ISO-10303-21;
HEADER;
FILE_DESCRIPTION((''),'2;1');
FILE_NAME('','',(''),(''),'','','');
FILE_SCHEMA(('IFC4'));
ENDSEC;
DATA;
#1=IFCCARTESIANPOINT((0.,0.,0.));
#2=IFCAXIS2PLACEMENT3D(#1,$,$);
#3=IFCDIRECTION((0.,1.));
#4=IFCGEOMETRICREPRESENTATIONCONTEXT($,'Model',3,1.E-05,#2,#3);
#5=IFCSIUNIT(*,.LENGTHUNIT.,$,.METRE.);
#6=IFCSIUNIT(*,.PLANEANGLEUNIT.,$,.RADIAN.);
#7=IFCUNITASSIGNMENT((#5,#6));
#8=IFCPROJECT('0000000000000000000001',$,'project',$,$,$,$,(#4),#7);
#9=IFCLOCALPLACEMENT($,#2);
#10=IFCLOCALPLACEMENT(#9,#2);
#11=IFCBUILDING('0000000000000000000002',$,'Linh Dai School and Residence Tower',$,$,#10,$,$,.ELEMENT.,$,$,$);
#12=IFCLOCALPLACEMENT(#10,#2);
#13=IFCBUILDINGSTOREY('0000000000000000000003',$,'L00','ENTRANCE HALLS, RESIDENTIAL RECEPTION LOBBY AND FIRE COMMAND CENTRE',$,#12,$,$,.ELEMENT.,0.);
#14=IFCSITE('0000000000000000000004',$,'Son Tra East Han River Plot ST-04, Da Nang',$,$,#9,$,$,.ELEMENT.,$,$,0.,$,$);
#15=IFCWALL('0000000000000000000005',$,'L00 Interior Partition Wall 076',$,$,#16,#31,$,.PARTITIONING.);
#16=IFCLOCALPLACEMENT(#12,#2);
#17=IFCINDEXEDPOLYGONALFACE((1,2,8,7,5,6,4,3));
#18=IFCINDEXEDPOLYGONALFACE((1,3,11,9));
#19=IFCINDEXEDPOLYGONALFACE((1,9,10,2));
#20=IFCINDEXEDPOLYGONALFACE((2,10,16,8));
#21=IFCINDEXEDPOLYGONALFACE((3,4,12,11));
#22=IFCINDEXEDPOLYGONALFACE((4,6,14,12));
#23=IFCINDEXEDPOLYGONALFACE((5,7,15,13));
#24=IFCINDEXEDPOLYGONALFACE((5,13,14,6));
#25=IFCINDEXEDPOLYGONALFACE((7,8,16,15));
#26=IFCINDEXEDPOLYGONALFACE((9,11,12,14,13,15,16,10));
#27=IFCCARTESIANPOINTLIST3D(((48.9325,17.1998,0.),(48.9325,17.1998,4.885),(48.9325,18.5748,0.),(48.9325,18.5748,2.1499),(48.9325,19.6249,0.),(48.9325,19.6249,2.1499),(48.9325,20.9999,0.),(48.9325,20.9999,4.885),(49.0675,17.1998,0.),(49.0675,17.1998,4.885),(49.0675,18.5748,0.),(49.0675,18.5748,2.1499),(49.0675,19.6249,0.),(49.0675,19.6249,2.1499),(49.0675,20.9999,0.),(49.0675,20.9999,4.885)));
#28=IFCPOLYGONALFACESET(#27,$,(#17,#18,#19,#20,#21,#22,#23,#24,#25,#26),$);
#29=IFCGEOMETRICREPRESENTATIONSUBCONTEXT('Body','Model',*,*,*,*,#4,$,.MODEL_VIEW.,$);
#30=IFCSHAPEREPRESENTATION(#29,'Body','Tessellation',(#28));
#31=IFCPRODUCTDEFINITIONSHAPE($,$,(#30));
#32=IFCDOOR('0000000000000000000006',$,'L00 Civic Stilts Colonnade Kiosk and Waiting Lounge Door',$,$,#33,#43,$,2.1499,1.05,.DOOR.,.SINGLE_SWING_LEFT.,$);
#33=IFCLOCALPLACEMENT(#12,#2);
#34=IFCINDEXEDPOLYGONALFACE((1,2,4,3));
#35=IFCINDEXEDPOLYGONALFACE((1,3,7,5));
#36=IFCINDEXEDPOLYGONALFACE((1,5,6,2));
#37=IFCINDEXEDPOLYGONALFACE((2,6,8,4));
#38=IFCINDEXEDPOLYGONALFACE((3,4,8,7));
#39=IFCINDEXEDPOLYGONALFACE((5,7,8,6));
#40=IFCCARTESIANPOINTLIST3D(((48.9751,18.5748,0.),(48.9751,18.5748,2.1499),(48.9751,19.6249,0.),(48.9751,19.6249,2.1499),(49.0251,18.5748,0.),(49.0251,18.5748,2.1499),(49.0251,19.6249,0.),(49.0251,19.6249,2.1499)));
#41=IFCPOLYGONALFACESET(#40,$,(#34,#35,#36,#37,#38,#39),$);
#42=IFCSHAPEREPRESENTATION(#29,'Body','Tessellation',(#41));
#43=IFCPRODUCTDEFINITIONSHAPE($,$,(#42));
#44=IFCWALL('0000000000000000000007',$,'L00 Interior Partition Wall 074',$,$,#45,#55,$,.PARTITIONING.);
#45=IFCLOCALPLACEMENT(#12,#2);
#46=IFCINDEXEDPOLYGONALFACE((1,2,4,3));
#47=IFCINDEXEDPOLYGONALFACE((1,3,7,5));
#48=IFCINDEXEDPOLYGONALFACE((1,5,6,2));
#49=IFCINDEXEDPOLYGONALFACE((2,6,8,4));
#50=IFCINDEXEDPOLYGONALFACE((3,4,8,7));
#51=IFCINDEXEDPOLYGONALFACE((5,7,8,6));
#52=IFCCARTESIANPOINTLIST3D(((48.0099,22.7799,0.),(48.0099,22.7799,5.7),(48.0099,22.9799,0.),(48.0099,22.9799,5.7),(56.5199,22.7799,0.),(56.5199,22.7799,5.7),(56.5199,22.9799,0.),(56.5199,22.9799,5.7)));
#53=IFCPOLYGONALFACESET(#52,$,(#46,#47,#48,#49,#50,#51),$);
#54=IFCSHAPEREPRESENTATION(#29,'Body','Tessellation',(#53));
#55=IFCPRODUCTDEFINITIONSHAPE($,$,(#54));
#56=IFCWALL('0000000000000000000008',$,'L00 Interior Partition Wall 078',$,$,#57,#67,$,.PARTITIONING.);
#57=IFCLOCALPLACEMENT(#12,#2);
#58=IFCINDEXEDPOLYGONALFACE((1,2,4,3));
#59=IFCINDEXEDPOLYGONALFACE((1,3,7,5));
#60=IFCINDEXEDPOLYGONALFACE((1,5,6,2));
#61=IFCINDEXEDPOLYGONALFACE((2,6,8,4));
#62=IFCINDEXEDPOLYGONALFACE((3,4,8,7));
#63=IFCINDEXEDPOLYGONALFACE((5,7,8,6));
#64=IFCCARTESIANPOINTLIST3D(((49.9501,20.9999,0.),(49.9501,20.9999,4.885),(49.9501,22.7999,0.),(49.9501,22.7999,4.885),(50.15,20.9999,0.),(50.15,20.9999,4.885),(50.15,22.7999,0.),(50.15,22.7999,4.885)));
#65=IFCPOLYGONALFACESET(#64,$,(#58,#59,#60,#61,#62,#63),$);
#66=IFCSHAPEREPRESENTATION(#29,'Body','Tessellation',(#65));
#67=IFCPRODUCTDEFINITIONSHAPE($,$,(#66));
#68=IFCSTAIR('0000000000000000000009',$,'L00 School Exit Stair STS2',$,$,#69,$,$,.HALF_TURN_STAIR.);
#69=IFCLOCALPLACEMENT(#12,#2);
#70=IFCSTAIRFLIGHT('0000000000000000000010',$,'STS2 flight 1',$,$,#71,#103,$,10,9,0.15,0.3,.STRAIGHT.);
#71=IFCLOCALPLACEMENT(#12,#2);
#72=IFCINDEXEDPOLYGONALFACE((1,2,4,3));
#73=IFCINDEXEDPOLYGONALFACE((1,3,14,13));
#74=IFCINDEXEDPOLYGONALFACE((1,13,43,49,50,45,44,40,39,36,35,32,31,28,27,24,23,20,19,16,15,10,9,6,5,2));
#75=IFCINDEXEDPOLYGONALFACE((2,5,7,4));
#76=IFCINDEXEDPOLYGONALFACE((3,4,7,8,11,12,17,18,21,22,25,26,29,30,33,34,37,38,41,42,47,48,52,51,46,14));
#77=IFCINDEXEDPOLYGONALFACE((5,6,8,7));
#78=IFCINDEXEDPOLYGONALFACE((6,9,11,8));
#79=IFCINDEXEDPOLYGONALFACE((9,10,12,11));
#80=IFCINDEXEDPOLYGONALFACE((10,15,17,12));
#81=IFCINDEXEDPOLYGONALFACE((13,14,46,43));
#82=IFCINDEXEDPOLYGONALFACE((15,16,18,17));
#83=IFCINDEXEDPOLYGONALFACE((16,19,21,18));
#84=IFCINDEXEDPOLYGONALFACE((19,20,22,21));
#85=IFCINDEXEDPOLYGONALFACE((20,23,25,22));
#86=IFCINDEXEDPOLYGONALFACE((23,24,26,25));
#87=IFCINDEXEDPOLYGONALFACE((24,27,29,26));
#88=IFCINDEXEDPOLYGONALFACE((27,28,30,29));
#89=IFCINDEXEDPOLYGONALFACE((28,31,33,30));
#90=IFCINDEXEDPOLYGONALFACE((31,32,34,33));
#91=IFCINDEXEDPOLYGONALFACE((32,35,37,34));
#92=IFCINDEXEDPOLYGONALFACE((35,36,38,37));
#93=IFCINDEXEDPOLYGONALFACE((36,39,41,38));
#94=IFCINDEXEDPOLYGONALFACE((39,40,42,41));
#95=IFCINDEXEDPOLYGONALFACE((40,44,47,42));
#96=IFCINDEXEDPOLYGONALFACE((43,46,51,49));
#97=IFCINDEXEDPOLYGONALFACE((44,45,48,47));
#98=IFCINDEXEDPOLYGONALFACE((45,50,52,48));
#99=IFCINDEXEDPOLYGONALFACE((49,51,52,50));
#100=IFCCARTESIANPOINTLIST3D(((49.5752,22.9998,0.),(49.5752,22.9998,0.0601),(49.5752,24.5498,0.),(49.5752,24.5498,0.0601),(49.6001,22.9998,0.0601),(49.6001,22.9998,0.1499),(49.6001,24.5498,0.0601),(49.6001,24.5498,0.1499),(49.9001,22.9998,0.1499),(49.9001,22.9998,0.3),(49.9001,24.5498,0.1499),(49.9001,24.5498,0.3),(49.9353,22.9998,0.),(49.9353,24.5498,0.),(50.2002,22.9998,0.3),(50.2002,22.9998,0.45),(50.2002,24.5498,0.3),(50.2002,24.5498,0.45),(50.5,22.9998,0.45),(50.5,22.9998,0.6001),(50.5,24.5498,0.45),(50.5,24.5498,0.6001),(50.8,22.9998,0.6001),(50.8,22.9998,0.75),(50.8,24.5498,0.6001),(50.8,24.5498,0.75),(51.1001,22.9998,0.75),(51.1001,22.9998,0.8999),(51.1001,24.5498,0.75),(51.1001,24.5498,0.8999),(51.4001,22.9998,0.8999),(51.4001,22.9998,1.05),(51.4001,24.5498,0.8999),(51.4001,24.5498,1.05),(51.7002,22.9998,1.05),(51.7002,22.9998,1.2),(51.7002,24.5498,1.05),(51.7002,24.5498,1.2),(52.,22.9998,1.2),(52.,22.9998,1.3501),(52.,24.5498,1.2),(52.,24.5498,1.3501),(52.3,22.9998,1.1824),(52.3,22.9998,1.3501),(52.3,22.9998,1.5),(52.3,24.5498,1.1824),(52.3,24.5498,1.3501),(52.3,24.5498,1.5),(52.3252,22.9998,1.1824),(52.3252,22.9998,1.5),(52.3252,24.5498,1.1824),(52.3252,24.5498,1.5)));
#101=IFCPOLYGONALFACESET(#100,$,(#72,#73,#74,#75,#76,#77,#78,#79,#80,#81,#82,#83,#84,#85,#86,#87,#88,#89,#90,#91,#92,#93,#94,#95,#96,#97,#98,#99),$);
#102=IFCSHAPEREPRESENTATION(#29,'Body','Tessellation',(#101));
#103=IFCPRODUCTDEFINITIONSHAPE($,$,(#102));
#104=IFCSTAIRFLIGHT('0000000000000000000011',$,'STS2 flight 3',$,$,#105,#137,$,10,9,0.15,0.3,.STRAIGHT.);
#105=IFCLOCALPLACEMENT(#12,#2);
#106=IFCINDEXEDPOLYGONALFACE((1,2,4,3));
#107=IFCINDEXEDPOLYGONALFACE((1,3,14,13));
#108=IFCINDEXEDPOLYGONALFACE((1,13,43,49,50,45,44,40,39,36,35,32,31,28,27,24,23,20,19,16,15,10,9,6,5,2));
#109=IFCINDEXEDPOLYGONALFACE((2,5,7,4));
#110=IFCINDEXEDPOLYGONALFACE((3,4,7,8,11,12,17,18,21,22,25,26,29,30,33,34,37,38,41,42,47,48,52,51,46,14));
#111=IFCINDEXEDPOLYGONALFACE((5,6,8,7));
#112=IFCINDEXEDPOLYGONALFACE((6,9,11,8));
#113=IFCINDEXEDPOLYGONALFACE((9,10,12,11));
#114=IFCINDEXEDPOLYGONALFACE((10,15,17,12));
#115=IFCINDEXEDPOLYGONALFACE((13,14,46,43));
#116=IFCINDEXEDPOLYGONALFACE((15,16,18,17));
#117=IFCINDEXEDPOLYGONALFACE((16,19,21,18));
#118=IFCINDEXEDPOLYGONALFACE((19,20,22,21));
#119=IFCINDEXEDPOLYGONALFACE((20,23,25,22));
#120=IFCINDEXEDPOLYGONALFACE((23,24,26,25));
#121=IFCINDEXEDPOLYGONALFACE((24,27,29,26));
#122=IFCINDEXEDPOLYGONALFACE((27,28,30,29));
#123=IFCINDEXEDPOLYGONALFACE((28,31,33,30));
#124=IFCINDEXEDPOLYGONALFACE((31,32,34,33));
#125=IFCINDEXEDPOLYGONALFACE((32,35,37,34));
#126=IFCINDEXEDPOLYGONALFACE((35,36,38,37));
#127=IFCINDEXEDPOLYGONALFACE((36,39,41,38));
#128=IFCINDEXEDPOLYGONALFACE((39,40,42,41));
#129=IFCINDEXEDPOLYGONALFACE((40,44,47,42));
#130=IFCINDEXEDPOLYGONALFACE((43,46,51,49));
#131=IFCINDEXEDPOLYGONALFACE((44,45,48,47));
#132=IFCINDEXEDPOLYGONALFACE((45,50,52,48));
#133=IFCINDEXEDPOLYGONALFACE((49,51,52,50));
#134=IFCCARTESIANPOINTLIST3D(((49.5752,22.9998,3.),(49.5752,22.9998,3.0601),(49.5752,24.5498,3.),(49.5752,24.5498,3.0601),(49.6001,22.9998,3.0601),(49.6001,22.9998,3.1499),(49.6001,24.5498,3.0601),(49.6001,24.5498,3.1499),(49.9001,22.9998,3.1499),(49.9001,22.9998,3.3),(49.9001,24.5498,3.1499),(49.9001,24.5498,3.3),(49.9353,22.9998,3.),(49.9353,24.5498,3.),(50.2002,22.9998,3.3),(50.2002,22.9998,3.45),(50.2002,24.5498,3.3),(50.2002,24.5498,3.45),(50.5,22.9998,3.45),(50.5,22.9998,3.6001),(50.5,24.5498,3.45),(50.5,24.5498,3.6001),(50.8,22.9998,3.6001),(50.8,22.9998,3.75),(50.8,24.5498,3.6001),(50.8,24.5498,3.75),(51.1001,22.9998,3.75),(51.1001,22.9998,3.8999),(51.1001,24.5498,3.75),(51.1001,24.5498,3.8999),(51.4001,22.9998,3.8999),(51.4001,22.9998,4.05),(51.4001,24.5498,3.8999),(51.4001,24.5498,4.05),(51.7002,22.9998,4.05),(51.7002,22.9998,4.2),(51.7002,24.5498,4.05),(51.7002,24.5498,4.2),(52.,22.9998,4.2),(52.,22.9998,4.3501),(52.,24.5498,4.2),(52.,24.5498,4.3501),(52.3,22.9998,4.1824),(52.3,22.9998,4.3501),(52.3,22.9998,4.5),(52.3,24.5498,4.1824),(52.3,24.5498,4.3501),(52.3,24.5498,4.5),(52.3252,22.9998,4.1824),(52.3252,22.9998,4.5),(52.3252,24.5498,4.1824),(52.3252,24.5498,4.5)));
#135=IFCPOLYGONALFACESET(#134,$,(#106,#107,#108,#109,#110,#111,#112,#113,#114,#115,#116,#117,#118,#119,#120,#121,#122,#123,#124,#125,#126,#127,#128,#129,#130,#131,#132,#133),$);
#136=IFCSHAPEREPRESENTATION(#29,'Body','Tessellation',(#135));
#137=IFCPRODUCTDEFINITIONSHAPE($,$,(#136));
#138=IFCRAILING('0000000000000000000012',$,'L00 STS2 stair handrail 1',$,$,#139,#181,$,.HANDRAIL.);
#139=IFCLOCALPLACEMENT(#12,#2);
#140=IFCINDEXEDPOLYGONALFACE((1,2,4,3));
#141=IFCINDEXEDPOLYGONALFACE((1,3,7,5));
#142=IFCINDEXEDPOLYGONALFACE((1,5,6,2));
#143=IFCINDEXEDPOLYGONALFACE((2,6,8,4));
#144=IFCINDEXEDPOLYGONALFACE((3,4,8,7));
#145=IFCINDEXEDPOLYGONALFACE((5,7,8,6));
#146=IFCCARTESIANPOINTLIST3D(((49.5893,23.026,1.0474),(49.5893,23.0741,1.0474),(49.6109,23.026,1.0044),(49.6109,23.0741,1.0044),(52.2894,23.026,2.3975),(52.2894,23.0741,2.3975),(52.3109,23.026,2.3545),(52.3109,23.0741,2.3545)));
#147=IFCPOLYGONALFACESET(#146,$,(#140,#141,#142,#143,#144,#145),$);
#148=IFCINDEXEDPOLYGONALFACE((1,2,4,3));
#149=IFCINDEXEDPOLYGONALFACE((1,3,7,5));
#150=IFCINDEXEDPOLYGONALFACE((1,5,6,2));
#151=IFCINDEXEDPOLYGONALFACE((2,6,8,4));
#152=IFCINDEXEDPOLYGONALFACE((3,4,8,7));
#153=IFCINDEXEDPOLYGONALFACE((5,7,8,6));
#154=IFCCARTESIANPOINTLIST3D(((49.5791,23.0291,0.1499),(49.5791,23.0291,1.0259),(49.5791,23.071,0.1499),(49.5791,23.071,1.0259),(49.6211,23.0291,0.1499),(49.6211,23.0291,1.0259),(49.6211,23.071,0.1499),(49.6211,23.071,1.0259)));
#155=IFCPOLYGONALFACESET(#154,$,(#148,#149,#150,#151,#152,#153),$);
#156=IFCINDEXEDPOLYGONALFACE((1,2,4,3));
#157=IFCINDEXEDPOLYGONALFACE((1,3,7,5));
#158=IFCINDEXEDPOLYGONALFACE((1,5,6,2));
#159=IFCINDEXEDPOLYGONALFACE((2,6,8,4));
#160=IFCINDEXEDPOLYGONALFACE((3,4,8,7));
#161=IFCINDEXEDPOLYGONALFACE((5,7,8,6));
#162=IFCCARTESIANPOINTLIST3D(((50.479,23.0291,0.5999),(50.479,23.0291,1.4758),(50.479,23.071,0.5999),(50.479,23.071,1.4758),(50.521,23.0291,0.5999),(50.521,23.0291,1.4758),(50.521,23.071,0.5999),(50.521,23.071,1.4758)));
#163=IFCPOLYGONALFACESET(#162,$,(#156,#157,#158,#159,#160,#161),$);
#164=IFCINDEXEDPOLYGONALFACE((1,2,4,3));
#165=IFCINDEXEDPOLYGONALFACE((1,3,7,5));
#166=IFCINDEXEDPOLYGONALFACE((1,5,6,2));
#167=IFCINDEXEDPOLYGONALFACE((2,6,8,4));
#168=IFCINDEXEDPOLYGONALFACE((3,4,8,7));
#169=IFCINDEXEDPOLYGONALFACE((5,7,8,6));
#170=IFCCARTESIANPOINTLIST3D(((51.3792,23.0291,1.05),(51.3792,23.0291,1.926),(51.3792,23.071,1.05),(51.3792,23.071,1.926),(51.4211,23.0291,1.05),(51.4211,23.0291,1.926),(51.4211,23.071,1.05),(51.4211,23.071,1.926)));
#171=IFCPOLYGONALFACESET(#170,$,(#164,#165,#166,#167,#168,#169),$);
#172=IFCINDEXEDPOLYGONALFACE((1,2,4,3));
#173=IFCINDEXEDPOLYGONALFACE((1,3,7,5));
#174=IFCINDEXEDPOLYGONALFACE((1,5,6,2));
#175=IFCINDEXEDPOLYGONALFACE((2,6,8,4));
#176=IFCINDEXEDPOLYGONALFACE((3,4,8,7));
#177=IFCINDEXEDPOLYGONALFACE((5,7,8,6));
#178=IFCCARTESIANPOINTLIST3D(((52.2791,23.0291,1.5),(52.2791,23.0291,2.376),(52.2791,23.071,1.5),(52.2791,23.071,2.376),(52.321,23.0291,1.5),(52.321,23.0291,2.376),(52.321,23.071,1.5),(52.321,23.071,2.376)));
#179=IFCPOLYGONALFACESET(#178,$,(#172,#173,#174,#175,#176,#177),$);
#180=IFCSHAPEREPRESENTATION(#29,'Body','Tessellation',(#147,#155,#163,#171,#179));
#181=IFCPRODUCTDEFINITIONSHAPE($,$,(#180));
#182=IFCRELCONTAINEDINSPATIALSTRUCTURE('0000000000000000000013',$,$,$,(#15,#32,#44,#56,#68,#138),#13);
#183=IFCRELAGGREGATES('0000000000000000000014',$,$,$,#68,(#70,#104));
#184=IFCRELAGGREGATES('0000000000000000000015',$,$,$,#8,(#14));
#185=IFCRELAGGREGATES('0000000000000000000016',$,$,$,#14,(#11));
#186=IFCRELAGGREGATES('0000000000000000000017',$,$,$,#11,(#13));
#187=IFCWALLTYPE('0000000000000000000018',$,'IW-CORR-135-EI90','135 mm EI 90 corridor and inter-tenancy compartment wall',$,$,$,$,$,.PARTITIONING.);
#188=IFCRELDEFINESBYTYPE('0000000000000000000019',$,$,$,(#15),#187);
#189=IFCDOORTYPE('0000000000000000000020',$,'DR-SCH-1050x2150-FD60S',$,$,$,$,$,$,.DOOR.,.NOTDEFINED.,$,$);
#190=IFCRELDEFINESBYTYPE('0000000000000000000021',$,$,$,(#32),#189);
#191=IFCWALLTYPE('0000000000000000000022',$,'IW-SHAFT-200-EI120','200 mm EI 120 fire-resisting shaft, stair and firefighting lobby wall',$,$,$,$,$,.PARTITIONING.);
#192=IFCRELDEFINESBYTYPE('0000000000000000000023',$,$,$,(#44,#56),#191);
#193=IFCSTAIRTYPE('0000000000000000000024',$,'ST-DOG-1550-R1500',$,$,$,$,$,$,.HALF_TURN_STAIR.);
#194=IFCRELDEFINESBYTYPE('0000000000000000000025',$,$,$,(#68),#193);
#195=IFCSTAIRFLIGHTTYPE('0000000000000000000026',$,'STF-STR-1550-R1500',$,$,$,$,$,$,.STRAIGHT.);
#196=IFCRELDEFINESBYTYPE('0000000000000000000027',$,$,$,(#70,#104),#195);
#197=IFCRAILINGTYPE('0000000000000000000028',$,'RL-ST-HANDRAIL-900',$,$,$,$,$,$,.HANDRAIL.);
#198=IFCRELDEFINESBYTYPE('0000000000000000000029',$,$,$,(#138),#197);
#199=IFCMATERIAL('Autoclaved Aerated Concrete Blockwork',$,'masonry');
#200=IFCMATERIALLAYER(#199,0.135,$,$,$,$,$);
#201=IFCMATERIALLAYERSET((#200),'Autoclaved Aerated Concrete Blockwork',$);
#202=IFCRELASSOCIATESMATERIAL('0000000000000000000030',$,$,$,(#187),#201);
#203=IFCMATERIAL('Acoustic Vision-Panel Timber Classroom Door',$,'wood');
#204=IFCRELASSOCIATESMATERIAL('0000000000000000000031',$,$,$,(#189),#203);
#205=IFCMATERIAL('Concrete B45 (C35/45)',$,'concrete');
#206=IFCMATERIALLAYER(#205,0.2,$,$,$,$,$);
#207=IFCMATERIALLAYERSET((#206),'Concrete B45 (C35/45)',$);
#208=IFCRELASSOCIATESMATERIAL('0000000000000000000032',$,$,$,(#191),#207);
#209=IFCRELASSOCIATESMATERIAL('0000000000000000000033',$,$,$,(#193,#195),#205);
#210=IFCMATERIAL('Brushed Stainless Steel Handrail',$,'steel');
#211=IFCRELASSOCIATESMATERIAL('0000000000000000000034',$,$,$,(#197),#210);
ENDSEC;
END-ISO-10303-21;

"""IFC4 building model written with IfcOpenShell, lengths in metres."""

from ifc_helpers import new_model, si_unit, direction, frame, frame_2d, origin, origin_2d, place, context, subcontext, project, spatial, polyline, rectangle, outline, extrude, source, transform, mapped, material, layer, layer_set, type_object, element, fill, aggregate, save


model = new_model("IFC4")

# Units and contexts
model_context = context("Model", 3, precision=1e-05, world=origin(), true_north=direction((0.0, 1.0)))
body_context = subcontext(model_context, "Body", "Model", "MODEL_VIEW")
ifc_project = project(units=[si_unit("LENGTHUNIT", "METRE"), si_unit("PLANEANGLEUNIT", "RADIAN")], contexts=[model_context])

# Site, building, storey
site_placement = place(None, origin())
site = spatial("IfcSite", under=ifc_project, at=site_placement, Name="Son Tra East Han River Plot ST-04, Da Nang", CompositionType="ELEMENT", RefElevation=0.0)
building_placement = place(site_placement, origin())
building = spatial("IfcBuilding", under=site, at=building_placement, Name="Linh Dai School and Residence Tower", CompositionType="ELEMENT")
storey_placement = place(building_placement, origin())
storey = spatial("IfcBuildingStorey", under=building, at=storey_placement, Name="L00", Description="ENTRANCE HALLS, RESIDENTIAL RECEPTION LOBBY AND FIRE COMMAND CENTRE", CompositionType="ELEMENT", Elevation=0.0)

# Wall, opening, door
ifc_material_1 = material(Name="Autoclaved Aerated Concrete Blockwork", Category="masonry")
ifc_layer_1 = layer(ifc_material_1, 0.135)
ifc_layer_set_1 = layer_set([ifc_layer_1], Name="Autoclaved Aerated Concrete Blockwork")
wall_type_1 = type_object("IfcWallType", Name="IW-CORR-135-EI90", Description="135 mm EI 90 corridor and inter-tenancy compartment wall", PredefinedType="PARTITIONING", material=ifc_layer_set_1)
wall_1_placement = place(storey_placement, frame((49.0, 17.2, 0.0), z_axis=(0.0, 0.0, 1.0), x_axis=(0.0, 1.0, 0.0)))
wall_1 = element("IfcWall", 1, at=wall_1_placement, inside=storey, type_object=wall_type_1, Name="L00 Interior Partition Wall 076", PredefinedType="PARTITIONING", context=body_context, shape_type="SweptSolid", body=[
    extrude(rectangle(XDim=3.8, YDim=0.135, at=frame_2d((1.8999, 0.0))), origin(), (0.0, 0.0, 1.0), 4.885),
])
opening_placement = place(wall_1_placement, frame((1.375, 0.0, 0.0)))
opening = element("IfcOpeningElement", 2, at=opening_placement, cuts=wall_1, PredefinedType="OPENING", context=body_context, shape_type="SweptSolid", body=[
    extrude(rectangle(XDim=1.05, YDim=2.1499, at=origin_2d()), frame((0.5249, 0.0776, 1.075), z_axis=(0.0, -1.0, 0.0), x_axis=(1.0, 0.0, 0.0)), (0.0, 0.0, 1.0), 0.155),
])
ifc_material_2 = material(Name="Acoustic Vision-Panel Timber Classroom Door", Category="wood")
door_type = type_object("IfcDoorType", Name="DR-SCH-1050x2150-FD60S", OperationType="NOTDEFINED", PredefinedType="DOOR", material=ifc_material_2)
shared_shape_1 = source(origin(), body_context, "Body", "SweptSolid", [
    extrude(rectangle(XDim=1.05, YDim=2.1499, at=origin_2d()), frame((0.5249, 0.0249, 1.075), z_axis=(0.0, -1.0, 0.0), x_axis=(1.0, 0.0, 0.0)), (0.0, 0.0, 1.0), 0.05),
])
door_placement = place(opening_placement, origin())
door = element("IfcDoor", 3, at=door_placement, inside=storey, type_object=door_type, Name="L00 Civic Stilts Colonnade Kiosk and Waiting Lounge Door", OperationType="SINGLE_SWING_LEFT", OverallHeight=2.1499, OverallWidth=1.05, PredefinedType="DOOR", context=body_context, shape_type="MappedRepresentation", body=[
    mapped(shared_shape_1, transform((0.0, 0.0, 0.0), x_axis=(1.0, 0.0, 0.0), y_axis=(0.0, 1.0, 0.0), z_axis=(0.0, 0.0, 1.0), scale=1.0)),
])
fill(opening, door)

# Walls
ifc_material_3 = material(Name="Concrete B45 (C35/45)", Category="concrete")
ifc_layer_2 = layer(ifc_material_3, 0.2)
ifc_layer_set_2 = layer_set([ifc_layer_2], Name="Concrete B45 (C35/45)")
wall_type_2 = type_object("IfcWallType", Name="IW-SHAFT-200-EI120", Description="200 mm EI 120 fire-resisting shaft, stair and firefighting lobby wall", PredefinedType="PARTITIONING", material=ifc_layer_set_2)
wall_2_placement = place(storey_placement, frame((48.01, 22.8799, 0.0), z_axis=(0.0, 0.0, 1.0), x_axis=(1.0, 0.0, 0.0)))
element("IfcWall", 4, at=wall_2_placement, inside=storey, type_object=wall_type_2, Name="L00 Interior Partition Wall 074", PredefinedType="PARTITIONING", context=body_context, shape_type="SweptSolid", body=[
    extrude(rectangle(XDim=8.51, YDim=0.2, at=frame_2d((4.2549, 0.0))), origin(), (0.0, 0.0, 1.0), 5.7),
])
wall_3_placement = place(storey_placement, frame((50.05, 21.0, 0.0), z_axis=(0.0, 0.0, 1.0), x_axis=(0.0, 1.0, 0.0)))
element("IfcWall", 5, at=wall_3_placement, inside=storey, type_object=wall_type_2, Name="L00 Interior Partition Wall 078", PredefinedType="PARTITIONING", context=body_context, shape_type="SweptSolid", body=[
    extrude(rectangle(XDim=1.8, YDim=0.2, at=frame_2d((0.8999, 0.0))), origin(), (0.0, 0.0, 1.0), 4.885),
])

# Stair, stair flights
stair_type = type_object("IfcStairType", Name="ST-DOG-1550-R1500", PredefinedType="HALF_TURN_STAIR", material=ifc_material_3)
stair_placement = place(storey_placement, origin())
stair = element("IfcStair", 6, at=stair_placement, inside=storey, type_object=stair_type, Name="L00 School Exit Stair STS2", PredefinedType="HALF_TURN_STAIR")
stair_flight_type = type_object("IfcStairFlightType", Name="STF-STR-1550-R1500", PredefinedType="STRAIGHT", material=ifc_material_3)
shared_shape_2 = source(origin(), body_context, "Body", "SweptSolid", [
    extrude(outline(polyline([(-0.0249, 0.0), (-0.0249, 0.0601), (0.0, 0.0601), (0.0, 0.1499), (0.3, 0.1499), (0.3, 0.3), (0.6001, 0.3), (0.6001, 0.45), (0.8999, 0.45), (0.8999, 0.6001), (1.2, 0.6001), (1.2, 0.75), (1.5, 0.75), (1.5, 0.8999), (1.8, 0.8999), (1.8, 1.05), (2.1001, 1.05), (2.1001, 1.2), (2.3999, 1.2), (2.3999, 1.3501), (2.7, 1.3501), (2.7, 1.5), (2.7251, 1.5), (2.7251, 1.1824), (2.7, 1.1824), (0.3352, 0.0), (-0.0249, 0.0)])), frame((0.0, 0.7749, 0.0), z_axis=(0.0, -1.0, 0.0), x_axis=(1.0, 0.0, 0.0)), (0.0, 0.0, 1.0), 1.55),
])
stair_flight_1_placement = place(storey_placement, frame((49.6001, 23.7749, 0.0), z_axis=(0.0, 0.0, 1.0), x_axis=(1.0, 0.0, 0.0)))
stair_flight_1 = element("IfcStairFlight", 7, at=stair_flight_1_placement, type_object=stair_flight_type, Name="STS2 flight 1", NumberOfRisers=10, NumberOfTreads=9, PredefinedType="STRAIGHT", RiserHeight=0.15, TreadLength=0.3, context=body_context, shape_type="MappedRepresentation", body=[
    mapped(shared_shape_2, transform((0.0, 0.0, 0.0), x_axis=(1.0, 0.0, 0.0), y_axis=(0.0, 1.0, 0.0), z_axis=(0.0, 0.0, 1.0), scale=1.0)),
])
stair_flight_2_placement = place(storey_placement, frame((49.6001, 23.7749, 3.0), z_axis=(0.0, 0.0, 1.0), x_axis=(1.0, 0.0, 0.0)))
stair_flight_2 = element("IfcStairFlight", 8, at=stair_flight_2_placement, type_object=stair_flight_type, Name="STS2 flight 3", NumberOfRisers=10, NumberOfTreads=9, PredefinedType="STRAIGHT", RiserHeight=0.15, TreadLength=0.3, context=body_context, shape_type="MappedRepresentation", body=[
    mapped(shared_shape_2, transform((0.0, 0.0, 0.0), x_axis=(1.0, 0.0, 0.0), y_axis=(0.0, 1.0, 0.0), z_axis=(0.0, 0.0, 1.0), scale=1.0)),
])
aggregate(stair, [stair_flight_1, stair_flight_2])

# Railing
ifc_material_4 = material(Name="Brushed Stainless Steel Handrail", Category="steel")
railing_type_1 = type_object("IfcRailingType", Name="RL-ST-HANDRAIL-900", PredefinedType="HANDRAIL", material=ifc_material_4)
shared_shape_3 = source(origin(), body_context, "Body", "SweptSolid", [
    extrude(rectangle(XDim=0.0481, YDim=0.0481, at=origin_2d()), frame((0.0, 0.0, 0.876), z_axis=(0.894411, 0.0, 0.447246), x_axis=(0.0, 1.0, 0.0)), (0.0, 0.0, 1.0), 3.0188),
    extrude(rectangle(XDim=0.042, YDim=0.042, at=origin_2d()), origin(), (0.0, 0.0, 1.0), 0.876),
    extrude(rectangle(XDim=0.042, YDim=0.042, at=origin_2d()), frame((0.8999, 0.0, 0.45)), (0.0, 0.0, 1.0), 0.876),
    extrude(rectangle(XDim=0.042, YDim=0.042, at=origin_2d()), frame((1.8, 0.0, 0.9001)), (0.0, 0.0, 1.0), 0.876),
    extrude(rectangle(XDim=0.042, YDim=0.042, at=origin_2d()), frame((2.7, 0.0, 1.3501)), (0.0, 0.0, 1.0), 0.876),
])
for number, where, name in (
    (9, (49.6001, 23.05, 0.1499), "L00 STS2 stair handrail 1"),
):
    element("IfcRailing", number, at=place(storey_placement, frame(where)), inside=storey, type_object=railing_type_1, Name=name, PredefinedType="HANDRAIL", context=body_context, shape_type="MappedRepresentation", body=[
        mapped(shared_shape_3, transform((0.0, 0.0, 0.0), x_axis=(1.0, 0.0, 0.0), y_axis=(0.0, 1.0, 0.0), z_axis=(0.0, 0.0, 1.0), scale=1.0)),
    ])

save(model, "model.ifc")
